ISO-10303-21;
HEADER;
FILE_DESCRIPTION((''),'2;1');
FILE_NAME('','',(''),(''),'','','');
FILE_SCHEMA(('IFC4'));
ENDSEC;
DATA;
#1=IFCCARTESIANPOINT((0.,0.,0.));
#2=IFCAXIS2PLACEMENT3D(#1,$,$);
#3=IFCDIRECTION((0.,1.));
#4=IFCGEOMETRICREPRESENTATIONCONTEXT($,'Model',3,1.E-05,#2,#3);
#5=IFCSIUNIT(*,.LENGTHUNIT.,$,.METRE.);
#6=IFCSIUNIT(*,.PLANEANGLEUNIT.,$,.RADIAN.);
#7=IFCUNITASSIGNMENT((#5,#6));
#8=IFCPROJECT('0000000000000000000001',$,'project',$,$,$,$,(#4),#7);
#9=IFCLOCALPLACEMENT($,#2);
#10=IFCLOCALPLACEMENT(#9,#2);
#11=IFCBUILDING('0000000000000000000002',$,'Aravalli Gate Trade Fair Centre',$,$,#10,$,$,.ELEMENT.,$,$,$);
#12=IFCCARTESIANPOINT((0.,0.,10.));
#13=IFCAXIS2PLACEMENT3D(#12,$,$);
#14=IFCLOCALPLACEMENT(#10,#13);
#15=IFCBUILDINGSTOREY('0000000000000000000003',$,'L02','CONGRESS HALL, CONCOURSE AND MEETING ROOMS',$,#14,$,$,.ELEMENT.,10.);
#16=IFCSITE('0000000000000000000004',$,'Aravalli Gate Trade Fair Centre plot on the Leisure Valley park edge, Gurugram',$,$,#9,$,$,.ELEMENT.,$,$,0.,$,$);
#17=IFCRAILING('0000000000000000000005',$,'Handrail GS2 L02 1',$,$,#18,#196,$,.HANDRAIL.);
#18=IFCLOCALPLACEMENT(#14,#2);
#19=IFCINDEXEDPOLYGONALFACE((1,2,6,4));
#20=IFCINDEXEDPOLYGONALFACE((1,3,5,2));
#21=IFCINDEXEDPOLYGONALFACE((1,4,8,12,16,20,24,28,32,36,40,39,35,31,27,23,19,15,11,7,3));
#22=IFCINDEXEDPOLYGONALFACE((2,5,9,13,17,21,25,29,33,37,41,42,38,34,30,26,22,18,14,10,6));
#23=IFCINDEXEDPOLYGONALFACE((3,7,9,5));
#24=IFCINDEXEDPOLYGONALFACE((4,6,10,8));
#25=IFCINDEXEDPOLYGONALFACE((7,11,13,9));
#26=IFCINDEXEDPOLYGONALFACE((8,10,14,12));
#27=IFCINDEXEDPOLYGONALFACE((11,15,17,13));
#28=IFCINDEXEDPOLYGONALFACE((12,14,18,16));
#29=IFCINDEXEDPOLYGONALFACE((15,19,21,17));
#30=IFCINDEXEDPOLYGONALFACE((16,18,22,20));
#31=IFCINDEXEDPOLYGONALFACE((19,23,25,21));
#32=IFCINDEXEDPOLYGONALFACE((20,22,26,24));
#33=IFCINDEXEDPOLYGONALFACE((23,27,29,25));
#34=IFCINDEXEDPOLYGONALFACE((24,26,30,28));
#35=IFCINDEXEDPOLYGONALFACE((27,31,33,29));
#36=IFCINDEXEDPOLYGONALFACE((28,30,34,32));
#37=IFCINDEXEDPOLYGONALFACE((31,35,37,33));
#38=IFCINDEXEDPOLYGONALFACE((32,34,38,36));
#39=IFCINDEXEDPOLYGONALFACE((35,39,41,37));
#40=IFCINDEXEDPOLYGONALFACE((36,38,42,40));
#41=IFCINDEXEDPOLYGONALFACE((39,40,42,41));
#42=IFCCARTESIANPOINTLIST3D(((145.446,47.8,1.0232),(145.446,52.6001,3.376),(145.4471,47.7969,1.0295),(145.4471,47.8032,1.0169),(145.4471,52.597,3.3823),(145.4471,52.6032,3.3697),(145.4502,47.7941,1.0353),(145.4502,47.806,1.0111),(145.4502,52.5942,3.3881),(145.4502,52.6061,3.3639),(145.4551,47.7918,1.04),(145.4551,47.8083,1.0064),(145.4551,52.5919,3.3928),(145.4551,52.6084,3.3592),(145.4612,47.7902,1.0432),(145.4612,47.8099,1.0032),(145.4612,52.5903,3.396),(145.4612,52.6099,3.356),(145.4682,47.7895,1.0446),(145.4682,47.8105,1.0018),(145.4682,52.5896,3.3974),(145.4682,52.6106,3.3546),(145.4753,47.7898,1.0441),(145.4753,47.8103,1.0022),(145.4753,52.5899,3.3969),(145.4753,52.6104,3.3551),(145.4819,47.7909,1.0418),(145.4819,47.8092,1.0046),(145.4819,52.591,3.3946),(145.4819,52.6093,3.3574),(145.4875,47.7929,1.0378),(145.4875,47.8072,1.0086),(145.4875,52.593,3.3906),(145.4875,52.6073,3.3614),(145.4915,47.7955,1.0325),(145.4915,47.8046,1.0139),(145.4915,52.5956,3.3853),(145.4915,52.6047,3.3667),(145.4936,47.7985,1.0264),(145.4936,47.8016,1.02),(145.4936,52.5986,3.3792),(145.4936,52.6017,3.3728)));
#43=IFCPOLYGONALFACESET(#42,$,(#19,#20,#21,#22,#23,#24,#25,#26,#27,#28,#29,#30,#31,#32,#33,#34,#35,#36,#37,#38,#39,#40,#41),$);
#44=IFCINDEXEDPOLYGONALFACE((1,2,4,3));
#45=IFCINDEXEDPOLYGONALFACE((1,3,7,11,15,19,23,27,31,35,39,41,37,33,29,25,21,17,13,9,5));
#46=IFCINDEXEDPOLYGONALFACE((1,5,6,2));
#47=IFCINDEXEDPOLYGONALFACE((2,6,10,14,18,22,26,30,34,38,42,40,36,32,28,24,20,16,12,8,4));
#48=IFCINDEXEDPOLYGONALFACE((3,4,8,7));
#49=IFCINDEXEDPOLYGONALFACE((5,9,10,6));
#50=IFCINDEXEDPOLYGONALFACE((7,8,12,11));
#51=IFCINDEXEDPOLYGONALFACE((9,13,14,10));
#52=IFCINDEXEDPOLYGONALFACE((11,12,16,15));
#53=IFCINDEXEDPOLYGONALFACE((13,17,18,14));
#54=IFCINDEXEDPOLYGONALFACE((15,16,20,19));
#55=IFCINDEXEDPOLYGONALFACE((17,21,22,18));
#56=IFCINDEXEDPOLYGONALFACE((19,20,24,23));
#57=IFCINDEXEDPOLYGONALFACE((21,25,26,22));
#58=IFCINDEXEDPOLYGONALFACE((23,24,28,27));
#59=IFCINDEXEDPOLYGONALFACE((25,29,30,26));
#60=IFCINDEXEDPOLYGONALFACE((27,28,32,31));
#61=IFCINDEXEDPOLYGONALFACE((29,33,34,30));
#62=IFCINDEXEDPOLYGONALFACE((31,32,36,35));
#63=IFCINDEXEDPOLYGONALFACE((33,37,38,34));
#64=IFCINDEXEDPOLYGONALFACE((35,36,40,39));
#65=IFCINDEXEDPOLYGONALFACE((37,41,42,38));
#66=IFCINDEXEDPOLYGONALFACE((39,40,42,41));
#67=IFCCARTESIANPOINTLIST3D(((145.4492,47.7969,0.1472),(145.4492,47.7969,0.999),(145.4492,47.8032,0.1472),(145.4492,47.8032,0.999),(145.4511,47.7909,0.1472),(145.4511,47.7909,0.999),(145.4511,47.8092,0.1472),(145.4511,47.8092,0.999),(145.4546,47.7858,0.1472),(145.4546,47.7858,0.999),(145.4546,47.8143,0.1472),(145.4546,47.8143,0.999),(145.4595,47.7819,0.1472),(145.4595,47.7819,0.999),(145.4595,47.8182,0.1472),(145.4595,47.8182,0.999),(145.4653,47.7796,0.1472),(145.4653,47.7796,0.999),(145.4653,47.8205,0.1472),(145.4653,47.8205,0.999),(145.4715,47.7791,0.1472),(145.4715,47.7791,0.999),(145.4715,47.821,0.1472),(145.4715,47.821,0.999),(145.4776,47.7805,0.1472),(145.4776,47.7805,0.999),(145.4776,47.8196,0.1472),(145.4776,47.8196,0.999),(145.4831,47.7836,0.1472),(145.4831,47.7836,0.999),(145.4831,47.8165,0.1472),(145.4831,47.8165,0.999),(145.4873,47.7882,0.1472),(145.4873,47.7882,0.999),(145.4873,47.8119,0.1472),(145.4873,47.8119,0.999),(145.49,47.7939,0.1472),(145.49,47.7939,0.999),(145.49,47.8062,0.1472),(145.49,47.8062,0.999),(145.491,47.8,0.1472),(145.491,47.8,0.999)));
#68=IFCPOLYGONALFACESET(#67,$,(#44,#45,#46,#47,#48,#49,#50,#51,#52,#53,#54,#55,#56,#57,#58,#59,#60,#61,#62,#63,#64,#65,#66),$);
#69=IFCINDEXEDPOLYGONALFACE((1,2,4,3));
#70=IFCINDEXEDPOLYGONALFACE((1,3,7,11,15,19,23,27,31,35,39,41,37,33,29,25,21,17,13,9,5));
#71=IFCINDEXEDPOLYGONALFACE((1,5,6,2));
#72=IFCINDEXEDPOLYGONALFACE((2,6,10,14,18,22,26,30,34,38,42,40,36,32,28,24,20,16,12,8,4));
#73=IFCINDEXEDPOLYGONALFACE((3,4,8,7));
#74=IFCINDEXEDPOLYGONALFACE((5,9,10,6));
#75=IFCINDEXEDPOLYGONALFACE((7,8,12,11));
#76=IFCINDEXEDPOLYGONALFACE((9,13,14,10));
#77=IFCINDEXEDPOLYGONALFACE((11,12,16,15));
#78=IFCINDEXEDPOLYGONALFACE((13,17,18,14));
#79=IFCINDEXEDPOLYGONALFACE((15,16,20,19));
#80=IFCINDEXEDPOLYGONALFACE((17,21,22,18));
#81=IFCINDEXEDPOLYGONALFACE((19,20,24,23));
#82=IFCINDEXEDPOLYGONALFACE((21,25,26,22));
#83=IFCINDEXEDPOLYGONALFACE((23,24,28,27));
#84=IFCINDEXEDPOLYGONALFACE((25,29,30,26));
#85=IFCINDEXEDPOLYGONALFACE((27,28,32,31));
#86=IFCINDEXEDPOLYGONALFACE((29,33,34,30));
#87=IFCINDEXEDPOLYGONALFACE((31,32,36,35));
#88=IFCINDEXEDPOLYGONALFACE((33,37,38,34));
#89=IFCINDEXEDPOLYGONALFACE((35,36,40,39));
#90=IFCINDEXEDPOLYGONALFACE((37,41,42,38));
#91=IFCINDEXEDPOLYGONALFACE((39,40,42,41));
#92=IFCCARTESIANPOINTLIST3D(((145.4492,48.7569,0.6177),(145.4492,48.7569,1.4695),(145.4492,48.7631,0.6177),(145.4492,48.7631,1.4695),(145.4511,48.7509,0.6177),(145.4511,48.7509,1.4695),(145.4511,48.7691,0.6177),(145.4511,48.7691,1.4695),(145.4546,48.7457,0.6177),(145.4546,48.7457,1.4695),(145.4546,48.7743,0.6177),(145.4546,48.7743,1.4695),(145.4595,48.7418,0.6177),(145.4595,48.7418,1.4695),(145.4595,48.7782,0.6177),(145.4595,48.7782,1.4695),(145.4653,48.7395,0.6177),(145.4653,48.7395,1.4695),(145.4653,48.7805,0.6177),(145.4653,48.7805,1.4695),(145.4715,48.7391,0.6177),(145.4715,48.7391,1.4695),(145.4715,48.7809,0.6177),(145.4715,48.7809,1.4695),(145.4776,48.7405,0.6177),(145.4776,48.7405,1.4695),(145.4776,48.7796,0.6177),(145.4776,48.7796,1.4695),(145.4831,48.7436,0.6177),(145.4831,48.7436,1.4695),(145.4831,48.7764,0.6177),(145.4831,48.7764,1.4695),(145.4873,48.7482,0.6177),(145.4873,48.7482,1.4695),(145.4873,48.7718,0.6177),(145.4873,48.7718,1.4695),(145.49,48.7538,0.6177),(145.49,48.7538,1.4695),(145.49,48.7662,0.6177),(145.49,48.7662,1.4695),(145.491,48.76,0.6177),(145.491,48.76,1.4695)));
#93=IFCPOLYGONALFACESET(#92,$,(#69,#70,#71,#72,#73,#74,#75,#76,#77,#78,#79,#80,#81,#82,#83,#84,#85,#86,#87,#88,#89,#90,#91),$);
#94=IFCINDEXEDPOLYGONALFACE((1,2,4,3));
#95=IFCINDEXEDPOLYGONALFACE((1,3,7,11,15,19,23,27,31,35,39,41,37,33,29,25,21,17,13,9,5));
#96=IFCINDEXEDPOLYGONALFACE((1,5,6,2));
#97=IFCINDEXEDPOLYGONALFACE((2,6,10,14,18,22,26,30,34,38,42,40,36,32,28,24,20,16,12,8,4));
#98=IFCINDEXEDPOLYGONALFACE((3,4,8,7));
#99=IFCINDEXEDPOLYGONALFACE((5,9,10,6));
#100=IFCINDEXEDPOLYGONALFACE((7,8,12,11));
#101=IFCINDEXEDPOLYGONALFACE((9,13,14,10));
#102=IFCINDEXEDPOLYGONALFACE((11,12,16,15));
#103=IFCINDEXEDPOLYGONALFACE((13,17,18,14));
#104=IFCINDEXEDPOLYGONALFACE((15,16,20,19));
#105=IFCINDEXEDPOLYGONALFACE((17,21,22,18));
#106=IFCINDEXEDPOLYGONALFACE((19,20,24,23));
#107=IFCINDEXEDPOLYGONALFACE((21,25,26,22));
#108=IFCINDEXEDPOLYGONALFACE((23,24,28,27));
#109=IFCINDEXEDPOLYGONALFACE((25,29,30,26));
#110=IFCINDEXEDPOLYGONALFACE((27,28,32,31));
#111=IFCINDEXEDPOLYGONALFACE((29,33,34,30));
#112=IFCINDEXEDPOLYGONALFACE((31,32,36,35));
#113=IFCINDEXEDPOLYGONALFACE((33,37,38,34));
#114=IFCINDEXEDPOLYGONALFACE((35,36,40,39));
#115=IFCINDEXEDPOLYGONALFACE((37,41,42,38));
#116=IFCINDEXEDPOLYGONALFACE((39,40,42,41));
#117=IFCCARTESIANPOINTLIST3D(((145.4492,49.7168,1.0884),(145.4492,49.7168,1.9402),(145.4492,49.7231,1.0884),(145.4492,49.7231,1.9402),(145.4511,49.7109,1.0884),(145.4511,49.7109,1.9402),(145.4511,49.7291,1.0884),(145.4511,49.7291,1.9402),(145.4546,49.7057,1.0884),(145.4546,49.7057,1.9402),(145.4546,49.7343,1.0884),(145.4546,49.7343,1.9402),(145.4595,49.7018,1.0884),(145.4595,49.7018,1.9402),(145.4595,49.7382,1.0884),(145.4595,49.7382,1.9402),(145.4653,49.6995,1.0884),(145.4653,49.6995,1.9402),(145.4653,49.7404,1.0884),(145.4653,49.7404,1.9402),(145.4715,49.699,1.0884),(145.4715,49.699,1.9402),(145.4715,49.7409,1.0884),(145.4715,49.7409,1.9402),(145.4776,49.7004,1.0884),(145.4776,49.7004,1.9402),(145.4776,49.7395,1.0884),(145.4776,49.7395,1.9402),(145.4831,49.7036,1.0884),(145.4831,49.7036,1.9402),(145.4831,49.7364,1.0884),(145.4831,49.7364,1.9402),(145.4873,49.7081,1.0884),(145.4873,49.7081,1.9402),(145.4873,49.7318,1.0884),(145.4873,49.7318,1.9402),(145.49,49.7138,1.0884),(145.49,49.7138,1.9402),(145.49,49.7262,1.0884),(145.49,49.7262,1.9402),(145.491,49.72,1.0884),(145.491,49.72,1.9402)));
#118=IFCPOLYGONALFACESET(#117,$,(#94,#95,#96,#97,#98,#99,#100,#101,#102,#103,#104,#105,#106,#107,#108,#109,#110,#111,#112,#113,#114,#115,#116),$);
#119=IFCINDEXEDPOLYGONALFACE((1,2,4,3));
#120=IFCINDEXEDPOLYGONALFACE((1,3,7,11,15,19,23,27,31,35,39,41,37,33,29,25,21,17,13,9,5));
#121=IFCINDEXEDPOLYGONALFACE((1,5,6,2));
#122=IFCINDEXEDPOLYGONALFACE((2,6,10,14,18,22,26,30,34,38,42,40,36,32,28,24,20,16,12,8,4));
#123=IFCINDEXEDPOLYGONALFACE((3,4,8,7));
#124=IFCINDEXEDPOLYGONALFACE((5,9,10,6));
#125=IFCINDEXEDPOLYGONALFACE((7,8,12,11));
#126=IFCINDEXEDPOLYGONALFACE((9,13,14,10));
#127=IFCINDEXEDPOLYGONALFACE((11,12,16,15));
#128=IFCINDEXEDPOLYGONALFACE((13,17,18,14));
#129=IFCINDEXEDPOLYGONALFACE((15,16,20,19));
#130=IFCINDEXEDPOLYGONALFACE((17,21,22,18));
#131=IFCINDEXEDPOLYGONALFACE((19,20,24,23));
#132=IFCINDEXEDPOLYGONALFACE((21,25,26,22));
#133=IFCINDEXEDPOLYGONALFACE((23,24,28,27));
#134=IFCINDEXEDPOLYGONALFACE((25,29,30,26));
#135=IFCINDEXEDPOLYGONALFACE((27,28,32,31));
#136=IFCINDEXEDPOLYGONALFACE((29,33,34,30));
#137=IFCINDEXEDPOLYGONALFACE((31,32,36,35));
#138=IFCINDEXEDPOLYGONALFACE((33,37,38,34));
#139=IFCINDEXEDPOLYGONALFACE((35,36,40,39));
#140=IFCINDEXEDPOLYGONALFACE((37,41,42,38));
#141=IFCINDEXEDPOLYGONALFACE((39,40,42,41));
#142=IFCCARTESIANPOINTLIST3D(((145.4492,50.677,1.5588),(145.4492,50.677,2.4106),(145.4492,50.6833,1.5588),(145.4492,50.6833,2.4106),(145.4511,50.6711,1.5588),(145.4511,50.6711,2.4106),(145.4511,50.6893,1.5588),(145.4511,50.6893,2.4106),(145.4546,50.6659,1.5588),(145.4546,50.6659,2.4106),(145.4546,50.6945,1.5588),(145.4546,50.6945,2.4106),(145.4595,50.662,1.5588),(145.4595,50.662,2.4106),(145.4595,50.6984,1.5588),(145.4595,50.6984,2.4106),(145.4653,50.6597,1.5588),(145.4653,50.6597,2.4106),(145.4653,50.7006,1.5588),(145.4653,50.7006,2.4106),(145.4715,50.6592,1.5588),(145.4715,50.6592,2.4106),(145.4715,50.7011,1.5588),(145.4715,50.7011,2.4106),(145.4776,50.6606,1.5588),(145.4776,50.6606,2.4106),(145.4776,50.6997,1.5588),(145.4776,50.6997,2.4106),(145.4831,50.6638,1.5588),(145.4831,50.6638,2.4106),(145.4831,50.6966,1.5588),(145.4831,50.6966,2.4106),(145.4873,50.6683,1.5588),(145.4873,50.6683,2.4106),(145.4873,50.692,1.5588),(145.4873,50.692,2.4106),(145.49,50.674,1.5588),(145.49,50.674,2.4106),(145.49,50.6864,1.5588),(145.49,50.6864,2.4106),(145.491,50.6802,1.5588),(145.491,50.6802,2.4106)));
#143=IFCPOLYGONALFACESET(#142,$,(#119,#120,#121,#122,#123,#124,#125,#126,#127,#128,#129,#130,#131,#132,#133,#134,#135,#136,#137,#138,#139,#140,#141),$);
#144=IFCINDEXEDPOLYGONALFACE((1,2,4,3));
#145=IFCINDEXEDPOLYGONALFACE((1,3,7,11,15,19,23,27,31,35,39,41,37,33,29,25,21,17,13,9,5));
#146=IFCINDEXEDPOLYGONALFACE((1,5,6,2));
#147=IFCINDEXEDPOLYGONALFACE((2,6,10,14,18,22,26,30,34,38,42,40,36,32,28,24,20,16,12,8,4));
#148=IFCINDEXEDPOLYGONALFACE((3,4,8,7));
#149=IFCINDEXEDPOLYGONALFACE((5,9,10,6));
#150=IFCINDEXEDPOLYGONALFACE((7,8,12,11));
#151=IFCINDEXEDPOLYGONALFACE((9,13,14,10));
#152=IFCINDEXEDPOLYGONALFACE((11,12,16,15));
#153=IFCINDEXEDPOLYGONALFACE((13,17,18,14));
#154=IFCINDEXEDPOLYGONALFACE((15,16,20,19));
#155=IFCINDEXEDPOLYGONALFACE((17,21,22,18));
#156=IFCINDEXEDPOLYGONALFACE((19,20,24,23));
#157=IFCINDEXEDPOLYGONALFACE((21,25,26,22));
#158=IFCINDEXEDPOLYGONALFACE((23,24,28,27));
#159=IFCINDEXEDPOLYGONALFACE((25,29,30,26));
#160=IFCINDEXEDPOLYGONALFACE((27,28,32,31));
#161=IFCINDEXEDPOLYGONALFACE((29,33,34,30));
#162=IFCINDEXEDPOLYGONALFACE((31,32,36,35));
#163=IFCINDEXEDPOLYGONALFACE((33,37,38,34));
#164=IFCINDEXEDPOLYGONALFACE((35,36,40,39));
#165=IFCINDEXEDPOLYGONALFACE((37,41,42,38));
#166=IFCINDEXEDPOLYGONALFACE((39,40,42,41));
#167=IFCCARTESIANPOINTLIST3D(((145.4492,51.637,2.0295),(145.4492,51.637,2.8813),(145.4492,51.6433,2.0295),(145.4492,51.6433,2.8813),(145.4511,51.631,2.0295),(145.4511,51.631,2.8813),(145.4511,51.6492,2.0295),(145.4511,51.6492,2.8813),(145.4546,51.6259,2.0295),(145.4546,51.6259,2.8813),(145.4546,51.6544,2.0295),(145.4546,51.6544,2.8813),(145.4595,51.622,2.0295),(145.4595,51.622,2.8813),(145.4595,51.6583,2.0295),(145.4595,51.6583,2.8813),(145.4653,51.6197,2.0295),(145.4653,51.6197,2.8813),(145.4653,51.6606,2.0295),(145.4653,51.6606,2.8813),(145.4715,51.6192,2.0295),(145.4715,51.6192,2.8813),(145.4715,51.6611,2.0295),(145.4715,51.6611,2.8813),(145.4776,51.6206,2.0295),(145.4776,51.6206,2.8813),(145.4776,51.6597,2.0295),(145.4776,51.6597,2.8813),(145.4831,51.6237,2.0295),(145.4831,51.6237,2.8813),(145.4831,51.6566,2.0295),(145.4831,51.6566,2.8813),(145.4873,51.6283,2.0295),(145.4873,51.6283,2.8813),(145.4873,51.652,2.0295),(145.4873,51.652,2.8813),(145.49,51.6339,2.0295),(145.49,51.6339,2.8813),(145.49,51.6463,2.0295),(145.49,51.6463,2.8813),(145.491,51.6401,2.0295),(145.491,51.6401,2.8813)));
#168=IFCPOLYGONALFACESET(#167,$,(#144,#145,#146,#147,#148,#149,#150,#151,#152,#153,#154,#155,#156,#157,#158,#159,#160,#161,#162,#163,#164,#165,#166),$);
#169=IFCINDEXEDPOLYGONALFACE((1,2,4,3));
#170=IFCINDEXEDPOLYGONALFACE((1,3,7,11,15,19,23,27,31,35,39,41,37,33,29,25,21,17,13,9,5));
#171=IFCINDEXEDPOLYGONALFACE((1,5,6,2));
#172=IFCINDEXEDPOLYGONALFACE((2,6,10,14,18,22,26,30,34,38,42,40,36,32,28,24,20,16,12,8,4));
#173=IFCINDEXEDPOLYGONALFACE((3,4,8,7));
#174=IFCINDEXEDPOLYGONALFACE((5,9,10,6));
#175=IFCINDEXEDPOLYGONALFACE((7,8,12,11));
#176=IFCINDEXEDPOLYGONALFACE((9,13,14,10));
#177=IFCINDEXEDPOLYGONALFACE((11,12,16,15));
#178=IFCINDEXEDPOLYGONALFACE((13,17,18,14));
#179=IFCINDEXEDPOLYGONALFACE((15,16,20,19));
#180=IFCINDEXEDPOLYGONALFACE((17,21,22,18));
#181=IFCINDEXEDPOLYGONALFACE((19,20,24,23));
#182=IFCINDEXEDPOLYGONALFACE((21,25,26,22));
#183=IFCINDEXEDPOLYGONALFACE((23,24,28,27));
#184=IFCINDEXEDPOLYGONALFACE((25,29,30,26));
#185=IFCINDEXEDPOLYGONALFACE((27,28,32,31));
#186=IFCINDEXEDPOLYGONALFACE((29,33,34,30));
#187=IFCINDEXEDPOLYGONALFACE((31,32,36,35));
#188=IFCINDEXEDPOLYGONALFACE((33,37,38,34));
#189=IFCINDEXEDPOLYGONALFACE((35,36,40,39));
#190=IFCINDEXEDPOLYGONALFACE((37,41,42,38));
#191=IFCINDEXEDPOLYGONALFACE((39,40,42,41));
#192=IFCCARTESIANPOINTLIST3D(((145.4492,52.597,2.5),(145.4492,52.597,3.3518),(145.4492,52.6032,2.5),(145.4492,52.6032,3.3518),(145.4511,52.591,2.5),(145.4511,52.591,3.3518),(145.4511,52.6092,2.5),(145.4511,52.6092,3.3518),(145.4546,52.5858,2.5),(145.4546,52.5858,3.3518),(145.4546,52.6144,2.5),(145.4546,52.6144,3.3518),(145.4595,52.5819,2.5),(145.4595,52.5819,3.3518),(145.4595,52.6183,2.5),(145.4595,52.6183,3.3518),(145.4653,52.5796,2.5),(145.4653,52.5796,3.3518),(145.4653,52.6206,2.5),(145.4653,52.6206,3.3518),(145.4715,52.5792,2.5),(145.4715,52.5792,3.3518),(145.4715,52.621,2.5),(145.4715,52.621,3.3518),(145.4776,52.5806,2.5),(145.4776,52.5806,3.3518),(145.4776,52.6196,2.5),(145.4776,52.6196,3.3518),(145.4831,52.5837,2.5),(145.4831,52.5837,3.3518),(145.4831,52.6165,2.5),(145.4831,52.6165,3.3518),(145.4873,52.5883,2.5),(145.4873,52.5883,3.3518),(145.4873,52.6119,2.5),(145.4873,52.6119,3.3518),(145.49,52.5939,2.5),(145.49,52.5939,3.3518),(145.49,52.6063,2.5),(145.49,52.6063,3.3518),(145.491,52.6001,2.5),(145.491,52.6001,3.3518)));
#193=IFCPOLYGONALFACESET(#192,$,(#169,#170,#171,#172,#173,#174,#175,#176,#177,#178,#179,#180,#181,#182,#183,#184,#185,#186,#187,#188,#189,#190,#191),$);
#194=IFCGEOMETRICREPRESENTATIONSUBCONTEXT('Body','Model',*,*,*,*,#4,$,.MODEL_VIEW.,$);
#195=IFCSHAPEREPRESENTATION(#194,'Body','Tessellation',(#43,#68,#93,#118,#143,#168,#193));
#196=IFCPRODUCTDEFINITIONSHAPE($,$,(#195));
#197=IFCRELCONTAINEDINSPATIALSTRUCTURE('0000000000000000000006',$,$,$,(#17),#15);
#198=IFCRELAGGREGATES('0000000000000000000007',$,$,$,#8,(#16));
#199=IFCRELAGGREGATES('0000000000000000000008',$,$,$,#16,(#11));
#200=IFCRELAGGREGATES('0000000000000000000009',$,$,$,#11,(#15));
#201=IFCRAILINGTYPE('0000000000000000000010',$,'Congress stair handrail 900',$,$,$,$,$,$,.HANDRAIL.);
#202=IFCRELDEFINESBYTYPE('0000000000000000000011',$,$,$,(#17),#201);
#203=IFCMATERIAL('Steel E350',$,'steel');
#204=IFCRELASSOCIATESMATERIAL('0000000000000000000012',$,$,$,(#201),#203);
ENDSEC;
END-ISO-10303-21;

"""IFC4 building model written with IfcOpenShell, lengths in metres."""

from ifc_helpers import new_model, si_unit, direction, frame, origin, origin_2d, place, context, subcontext, project, spatial, circle, extrude, material, type_object, element, save


model = new_model("IFC4")

# Units and contexts
model_context = context("Model", 3, precision=1e-05, world=origin(), true_north=direction((0.0, 1.0)))
body_context = subcontext(model_context, "Body", "Model", "MODEL_VIEW")
ifc_project = project(units=[si_unit("LENGTHUNIT", "METRE"), si_unit("PLANEANGLEUNIT", "RADIAN")], contexts=[model_context])

# Site, building, storey
site_placement = place(None, origin())
site = spatial("IfcSite", under=ifc_project, at=site_placement, Name="Aravalli Gate Trade Fair Centre plot on the Leisure Valley park edge, Gurugram", CompositionType="ELEMENT", RefElevation=0.0)
building_placement = place(site_placement, origin())
building = spatial("IfcBuilding", under=site, at=building_placement, Name="Aravalli Gate Trade Fair Centre", CompositionType="ELEMENT")
storey_placement = place(building_placement, frame((0.0, 0.0, 10.0)))
storey = spatial("IfcBuildingStorey", under=building, at=storey_placement, Name="L02", Description="CONGRESS HALL, CONCOURSE AND MEETING ROOMS", CompositionType="ELEMENT", Elevation=10.0)

# Railing
ifc_material_1 = material(Name="Steel E350", Category="steel")
railing_type = type_object("IfcRailingType", Name="Congress stair handrail 900", PredefinedType="HANDRAIL", material=ifc_material_1)
railing_placement = place(storey_placement, frame((145.47, 47.8, 0.1472)))
element("IfcRailing", 1, at=railing_placement, inside=storey, type_object=railing_type, Name="Handrail GS2 L02 1", PredefinedType="HANDRAIL", context=body_context, shape_type="SweptSolid", body=[
    extrude(circle(Radius=0.0239, at=origin_2d()), frame((0.0, 0.0, 0.876), z_axis=(0.0, 0.897934, 0.44013), x_axis=(-1.0, 0.0, 0.0)), (0.0, 0.0, 1.0), 5.3457),
    extrude(circle(Radius=0.021, at=origin_2d()), origin(), (0.0, 0.0, 1.0), 0.8518),
    extrude(circle(Radius=0.021, at=origin_2d()), frame((0.0, 0.96, 0.4705)), (0.0, 0.0, 1.0), 0.8518),
    extrude(circle(Radius=0.021, at=origin_2d()), frame((0.0, 1.9199, 0.9412)), (0.0, 0.0, 1.0), 0.8518),
    extrude(circle(Radius=0.021, at=origin_2d()), frame((0.0, 2.8801, 1.4116)), (0.0, 0.0, 1.0), 0.8518),
    extrude(circle(Radius=0.021, at=origin_2d()), frame((0.0, 3.8401, 1.8823)), (0.0, 0.0, 1.0), 0.8518),
    extrude(circle(Radius=0.021, at=origin_2d()), frame((0.0, 4.8, 2.3528)), (0.0, 0.0, 1.0), 0.8518),
])

save(model, "model.ifc")
